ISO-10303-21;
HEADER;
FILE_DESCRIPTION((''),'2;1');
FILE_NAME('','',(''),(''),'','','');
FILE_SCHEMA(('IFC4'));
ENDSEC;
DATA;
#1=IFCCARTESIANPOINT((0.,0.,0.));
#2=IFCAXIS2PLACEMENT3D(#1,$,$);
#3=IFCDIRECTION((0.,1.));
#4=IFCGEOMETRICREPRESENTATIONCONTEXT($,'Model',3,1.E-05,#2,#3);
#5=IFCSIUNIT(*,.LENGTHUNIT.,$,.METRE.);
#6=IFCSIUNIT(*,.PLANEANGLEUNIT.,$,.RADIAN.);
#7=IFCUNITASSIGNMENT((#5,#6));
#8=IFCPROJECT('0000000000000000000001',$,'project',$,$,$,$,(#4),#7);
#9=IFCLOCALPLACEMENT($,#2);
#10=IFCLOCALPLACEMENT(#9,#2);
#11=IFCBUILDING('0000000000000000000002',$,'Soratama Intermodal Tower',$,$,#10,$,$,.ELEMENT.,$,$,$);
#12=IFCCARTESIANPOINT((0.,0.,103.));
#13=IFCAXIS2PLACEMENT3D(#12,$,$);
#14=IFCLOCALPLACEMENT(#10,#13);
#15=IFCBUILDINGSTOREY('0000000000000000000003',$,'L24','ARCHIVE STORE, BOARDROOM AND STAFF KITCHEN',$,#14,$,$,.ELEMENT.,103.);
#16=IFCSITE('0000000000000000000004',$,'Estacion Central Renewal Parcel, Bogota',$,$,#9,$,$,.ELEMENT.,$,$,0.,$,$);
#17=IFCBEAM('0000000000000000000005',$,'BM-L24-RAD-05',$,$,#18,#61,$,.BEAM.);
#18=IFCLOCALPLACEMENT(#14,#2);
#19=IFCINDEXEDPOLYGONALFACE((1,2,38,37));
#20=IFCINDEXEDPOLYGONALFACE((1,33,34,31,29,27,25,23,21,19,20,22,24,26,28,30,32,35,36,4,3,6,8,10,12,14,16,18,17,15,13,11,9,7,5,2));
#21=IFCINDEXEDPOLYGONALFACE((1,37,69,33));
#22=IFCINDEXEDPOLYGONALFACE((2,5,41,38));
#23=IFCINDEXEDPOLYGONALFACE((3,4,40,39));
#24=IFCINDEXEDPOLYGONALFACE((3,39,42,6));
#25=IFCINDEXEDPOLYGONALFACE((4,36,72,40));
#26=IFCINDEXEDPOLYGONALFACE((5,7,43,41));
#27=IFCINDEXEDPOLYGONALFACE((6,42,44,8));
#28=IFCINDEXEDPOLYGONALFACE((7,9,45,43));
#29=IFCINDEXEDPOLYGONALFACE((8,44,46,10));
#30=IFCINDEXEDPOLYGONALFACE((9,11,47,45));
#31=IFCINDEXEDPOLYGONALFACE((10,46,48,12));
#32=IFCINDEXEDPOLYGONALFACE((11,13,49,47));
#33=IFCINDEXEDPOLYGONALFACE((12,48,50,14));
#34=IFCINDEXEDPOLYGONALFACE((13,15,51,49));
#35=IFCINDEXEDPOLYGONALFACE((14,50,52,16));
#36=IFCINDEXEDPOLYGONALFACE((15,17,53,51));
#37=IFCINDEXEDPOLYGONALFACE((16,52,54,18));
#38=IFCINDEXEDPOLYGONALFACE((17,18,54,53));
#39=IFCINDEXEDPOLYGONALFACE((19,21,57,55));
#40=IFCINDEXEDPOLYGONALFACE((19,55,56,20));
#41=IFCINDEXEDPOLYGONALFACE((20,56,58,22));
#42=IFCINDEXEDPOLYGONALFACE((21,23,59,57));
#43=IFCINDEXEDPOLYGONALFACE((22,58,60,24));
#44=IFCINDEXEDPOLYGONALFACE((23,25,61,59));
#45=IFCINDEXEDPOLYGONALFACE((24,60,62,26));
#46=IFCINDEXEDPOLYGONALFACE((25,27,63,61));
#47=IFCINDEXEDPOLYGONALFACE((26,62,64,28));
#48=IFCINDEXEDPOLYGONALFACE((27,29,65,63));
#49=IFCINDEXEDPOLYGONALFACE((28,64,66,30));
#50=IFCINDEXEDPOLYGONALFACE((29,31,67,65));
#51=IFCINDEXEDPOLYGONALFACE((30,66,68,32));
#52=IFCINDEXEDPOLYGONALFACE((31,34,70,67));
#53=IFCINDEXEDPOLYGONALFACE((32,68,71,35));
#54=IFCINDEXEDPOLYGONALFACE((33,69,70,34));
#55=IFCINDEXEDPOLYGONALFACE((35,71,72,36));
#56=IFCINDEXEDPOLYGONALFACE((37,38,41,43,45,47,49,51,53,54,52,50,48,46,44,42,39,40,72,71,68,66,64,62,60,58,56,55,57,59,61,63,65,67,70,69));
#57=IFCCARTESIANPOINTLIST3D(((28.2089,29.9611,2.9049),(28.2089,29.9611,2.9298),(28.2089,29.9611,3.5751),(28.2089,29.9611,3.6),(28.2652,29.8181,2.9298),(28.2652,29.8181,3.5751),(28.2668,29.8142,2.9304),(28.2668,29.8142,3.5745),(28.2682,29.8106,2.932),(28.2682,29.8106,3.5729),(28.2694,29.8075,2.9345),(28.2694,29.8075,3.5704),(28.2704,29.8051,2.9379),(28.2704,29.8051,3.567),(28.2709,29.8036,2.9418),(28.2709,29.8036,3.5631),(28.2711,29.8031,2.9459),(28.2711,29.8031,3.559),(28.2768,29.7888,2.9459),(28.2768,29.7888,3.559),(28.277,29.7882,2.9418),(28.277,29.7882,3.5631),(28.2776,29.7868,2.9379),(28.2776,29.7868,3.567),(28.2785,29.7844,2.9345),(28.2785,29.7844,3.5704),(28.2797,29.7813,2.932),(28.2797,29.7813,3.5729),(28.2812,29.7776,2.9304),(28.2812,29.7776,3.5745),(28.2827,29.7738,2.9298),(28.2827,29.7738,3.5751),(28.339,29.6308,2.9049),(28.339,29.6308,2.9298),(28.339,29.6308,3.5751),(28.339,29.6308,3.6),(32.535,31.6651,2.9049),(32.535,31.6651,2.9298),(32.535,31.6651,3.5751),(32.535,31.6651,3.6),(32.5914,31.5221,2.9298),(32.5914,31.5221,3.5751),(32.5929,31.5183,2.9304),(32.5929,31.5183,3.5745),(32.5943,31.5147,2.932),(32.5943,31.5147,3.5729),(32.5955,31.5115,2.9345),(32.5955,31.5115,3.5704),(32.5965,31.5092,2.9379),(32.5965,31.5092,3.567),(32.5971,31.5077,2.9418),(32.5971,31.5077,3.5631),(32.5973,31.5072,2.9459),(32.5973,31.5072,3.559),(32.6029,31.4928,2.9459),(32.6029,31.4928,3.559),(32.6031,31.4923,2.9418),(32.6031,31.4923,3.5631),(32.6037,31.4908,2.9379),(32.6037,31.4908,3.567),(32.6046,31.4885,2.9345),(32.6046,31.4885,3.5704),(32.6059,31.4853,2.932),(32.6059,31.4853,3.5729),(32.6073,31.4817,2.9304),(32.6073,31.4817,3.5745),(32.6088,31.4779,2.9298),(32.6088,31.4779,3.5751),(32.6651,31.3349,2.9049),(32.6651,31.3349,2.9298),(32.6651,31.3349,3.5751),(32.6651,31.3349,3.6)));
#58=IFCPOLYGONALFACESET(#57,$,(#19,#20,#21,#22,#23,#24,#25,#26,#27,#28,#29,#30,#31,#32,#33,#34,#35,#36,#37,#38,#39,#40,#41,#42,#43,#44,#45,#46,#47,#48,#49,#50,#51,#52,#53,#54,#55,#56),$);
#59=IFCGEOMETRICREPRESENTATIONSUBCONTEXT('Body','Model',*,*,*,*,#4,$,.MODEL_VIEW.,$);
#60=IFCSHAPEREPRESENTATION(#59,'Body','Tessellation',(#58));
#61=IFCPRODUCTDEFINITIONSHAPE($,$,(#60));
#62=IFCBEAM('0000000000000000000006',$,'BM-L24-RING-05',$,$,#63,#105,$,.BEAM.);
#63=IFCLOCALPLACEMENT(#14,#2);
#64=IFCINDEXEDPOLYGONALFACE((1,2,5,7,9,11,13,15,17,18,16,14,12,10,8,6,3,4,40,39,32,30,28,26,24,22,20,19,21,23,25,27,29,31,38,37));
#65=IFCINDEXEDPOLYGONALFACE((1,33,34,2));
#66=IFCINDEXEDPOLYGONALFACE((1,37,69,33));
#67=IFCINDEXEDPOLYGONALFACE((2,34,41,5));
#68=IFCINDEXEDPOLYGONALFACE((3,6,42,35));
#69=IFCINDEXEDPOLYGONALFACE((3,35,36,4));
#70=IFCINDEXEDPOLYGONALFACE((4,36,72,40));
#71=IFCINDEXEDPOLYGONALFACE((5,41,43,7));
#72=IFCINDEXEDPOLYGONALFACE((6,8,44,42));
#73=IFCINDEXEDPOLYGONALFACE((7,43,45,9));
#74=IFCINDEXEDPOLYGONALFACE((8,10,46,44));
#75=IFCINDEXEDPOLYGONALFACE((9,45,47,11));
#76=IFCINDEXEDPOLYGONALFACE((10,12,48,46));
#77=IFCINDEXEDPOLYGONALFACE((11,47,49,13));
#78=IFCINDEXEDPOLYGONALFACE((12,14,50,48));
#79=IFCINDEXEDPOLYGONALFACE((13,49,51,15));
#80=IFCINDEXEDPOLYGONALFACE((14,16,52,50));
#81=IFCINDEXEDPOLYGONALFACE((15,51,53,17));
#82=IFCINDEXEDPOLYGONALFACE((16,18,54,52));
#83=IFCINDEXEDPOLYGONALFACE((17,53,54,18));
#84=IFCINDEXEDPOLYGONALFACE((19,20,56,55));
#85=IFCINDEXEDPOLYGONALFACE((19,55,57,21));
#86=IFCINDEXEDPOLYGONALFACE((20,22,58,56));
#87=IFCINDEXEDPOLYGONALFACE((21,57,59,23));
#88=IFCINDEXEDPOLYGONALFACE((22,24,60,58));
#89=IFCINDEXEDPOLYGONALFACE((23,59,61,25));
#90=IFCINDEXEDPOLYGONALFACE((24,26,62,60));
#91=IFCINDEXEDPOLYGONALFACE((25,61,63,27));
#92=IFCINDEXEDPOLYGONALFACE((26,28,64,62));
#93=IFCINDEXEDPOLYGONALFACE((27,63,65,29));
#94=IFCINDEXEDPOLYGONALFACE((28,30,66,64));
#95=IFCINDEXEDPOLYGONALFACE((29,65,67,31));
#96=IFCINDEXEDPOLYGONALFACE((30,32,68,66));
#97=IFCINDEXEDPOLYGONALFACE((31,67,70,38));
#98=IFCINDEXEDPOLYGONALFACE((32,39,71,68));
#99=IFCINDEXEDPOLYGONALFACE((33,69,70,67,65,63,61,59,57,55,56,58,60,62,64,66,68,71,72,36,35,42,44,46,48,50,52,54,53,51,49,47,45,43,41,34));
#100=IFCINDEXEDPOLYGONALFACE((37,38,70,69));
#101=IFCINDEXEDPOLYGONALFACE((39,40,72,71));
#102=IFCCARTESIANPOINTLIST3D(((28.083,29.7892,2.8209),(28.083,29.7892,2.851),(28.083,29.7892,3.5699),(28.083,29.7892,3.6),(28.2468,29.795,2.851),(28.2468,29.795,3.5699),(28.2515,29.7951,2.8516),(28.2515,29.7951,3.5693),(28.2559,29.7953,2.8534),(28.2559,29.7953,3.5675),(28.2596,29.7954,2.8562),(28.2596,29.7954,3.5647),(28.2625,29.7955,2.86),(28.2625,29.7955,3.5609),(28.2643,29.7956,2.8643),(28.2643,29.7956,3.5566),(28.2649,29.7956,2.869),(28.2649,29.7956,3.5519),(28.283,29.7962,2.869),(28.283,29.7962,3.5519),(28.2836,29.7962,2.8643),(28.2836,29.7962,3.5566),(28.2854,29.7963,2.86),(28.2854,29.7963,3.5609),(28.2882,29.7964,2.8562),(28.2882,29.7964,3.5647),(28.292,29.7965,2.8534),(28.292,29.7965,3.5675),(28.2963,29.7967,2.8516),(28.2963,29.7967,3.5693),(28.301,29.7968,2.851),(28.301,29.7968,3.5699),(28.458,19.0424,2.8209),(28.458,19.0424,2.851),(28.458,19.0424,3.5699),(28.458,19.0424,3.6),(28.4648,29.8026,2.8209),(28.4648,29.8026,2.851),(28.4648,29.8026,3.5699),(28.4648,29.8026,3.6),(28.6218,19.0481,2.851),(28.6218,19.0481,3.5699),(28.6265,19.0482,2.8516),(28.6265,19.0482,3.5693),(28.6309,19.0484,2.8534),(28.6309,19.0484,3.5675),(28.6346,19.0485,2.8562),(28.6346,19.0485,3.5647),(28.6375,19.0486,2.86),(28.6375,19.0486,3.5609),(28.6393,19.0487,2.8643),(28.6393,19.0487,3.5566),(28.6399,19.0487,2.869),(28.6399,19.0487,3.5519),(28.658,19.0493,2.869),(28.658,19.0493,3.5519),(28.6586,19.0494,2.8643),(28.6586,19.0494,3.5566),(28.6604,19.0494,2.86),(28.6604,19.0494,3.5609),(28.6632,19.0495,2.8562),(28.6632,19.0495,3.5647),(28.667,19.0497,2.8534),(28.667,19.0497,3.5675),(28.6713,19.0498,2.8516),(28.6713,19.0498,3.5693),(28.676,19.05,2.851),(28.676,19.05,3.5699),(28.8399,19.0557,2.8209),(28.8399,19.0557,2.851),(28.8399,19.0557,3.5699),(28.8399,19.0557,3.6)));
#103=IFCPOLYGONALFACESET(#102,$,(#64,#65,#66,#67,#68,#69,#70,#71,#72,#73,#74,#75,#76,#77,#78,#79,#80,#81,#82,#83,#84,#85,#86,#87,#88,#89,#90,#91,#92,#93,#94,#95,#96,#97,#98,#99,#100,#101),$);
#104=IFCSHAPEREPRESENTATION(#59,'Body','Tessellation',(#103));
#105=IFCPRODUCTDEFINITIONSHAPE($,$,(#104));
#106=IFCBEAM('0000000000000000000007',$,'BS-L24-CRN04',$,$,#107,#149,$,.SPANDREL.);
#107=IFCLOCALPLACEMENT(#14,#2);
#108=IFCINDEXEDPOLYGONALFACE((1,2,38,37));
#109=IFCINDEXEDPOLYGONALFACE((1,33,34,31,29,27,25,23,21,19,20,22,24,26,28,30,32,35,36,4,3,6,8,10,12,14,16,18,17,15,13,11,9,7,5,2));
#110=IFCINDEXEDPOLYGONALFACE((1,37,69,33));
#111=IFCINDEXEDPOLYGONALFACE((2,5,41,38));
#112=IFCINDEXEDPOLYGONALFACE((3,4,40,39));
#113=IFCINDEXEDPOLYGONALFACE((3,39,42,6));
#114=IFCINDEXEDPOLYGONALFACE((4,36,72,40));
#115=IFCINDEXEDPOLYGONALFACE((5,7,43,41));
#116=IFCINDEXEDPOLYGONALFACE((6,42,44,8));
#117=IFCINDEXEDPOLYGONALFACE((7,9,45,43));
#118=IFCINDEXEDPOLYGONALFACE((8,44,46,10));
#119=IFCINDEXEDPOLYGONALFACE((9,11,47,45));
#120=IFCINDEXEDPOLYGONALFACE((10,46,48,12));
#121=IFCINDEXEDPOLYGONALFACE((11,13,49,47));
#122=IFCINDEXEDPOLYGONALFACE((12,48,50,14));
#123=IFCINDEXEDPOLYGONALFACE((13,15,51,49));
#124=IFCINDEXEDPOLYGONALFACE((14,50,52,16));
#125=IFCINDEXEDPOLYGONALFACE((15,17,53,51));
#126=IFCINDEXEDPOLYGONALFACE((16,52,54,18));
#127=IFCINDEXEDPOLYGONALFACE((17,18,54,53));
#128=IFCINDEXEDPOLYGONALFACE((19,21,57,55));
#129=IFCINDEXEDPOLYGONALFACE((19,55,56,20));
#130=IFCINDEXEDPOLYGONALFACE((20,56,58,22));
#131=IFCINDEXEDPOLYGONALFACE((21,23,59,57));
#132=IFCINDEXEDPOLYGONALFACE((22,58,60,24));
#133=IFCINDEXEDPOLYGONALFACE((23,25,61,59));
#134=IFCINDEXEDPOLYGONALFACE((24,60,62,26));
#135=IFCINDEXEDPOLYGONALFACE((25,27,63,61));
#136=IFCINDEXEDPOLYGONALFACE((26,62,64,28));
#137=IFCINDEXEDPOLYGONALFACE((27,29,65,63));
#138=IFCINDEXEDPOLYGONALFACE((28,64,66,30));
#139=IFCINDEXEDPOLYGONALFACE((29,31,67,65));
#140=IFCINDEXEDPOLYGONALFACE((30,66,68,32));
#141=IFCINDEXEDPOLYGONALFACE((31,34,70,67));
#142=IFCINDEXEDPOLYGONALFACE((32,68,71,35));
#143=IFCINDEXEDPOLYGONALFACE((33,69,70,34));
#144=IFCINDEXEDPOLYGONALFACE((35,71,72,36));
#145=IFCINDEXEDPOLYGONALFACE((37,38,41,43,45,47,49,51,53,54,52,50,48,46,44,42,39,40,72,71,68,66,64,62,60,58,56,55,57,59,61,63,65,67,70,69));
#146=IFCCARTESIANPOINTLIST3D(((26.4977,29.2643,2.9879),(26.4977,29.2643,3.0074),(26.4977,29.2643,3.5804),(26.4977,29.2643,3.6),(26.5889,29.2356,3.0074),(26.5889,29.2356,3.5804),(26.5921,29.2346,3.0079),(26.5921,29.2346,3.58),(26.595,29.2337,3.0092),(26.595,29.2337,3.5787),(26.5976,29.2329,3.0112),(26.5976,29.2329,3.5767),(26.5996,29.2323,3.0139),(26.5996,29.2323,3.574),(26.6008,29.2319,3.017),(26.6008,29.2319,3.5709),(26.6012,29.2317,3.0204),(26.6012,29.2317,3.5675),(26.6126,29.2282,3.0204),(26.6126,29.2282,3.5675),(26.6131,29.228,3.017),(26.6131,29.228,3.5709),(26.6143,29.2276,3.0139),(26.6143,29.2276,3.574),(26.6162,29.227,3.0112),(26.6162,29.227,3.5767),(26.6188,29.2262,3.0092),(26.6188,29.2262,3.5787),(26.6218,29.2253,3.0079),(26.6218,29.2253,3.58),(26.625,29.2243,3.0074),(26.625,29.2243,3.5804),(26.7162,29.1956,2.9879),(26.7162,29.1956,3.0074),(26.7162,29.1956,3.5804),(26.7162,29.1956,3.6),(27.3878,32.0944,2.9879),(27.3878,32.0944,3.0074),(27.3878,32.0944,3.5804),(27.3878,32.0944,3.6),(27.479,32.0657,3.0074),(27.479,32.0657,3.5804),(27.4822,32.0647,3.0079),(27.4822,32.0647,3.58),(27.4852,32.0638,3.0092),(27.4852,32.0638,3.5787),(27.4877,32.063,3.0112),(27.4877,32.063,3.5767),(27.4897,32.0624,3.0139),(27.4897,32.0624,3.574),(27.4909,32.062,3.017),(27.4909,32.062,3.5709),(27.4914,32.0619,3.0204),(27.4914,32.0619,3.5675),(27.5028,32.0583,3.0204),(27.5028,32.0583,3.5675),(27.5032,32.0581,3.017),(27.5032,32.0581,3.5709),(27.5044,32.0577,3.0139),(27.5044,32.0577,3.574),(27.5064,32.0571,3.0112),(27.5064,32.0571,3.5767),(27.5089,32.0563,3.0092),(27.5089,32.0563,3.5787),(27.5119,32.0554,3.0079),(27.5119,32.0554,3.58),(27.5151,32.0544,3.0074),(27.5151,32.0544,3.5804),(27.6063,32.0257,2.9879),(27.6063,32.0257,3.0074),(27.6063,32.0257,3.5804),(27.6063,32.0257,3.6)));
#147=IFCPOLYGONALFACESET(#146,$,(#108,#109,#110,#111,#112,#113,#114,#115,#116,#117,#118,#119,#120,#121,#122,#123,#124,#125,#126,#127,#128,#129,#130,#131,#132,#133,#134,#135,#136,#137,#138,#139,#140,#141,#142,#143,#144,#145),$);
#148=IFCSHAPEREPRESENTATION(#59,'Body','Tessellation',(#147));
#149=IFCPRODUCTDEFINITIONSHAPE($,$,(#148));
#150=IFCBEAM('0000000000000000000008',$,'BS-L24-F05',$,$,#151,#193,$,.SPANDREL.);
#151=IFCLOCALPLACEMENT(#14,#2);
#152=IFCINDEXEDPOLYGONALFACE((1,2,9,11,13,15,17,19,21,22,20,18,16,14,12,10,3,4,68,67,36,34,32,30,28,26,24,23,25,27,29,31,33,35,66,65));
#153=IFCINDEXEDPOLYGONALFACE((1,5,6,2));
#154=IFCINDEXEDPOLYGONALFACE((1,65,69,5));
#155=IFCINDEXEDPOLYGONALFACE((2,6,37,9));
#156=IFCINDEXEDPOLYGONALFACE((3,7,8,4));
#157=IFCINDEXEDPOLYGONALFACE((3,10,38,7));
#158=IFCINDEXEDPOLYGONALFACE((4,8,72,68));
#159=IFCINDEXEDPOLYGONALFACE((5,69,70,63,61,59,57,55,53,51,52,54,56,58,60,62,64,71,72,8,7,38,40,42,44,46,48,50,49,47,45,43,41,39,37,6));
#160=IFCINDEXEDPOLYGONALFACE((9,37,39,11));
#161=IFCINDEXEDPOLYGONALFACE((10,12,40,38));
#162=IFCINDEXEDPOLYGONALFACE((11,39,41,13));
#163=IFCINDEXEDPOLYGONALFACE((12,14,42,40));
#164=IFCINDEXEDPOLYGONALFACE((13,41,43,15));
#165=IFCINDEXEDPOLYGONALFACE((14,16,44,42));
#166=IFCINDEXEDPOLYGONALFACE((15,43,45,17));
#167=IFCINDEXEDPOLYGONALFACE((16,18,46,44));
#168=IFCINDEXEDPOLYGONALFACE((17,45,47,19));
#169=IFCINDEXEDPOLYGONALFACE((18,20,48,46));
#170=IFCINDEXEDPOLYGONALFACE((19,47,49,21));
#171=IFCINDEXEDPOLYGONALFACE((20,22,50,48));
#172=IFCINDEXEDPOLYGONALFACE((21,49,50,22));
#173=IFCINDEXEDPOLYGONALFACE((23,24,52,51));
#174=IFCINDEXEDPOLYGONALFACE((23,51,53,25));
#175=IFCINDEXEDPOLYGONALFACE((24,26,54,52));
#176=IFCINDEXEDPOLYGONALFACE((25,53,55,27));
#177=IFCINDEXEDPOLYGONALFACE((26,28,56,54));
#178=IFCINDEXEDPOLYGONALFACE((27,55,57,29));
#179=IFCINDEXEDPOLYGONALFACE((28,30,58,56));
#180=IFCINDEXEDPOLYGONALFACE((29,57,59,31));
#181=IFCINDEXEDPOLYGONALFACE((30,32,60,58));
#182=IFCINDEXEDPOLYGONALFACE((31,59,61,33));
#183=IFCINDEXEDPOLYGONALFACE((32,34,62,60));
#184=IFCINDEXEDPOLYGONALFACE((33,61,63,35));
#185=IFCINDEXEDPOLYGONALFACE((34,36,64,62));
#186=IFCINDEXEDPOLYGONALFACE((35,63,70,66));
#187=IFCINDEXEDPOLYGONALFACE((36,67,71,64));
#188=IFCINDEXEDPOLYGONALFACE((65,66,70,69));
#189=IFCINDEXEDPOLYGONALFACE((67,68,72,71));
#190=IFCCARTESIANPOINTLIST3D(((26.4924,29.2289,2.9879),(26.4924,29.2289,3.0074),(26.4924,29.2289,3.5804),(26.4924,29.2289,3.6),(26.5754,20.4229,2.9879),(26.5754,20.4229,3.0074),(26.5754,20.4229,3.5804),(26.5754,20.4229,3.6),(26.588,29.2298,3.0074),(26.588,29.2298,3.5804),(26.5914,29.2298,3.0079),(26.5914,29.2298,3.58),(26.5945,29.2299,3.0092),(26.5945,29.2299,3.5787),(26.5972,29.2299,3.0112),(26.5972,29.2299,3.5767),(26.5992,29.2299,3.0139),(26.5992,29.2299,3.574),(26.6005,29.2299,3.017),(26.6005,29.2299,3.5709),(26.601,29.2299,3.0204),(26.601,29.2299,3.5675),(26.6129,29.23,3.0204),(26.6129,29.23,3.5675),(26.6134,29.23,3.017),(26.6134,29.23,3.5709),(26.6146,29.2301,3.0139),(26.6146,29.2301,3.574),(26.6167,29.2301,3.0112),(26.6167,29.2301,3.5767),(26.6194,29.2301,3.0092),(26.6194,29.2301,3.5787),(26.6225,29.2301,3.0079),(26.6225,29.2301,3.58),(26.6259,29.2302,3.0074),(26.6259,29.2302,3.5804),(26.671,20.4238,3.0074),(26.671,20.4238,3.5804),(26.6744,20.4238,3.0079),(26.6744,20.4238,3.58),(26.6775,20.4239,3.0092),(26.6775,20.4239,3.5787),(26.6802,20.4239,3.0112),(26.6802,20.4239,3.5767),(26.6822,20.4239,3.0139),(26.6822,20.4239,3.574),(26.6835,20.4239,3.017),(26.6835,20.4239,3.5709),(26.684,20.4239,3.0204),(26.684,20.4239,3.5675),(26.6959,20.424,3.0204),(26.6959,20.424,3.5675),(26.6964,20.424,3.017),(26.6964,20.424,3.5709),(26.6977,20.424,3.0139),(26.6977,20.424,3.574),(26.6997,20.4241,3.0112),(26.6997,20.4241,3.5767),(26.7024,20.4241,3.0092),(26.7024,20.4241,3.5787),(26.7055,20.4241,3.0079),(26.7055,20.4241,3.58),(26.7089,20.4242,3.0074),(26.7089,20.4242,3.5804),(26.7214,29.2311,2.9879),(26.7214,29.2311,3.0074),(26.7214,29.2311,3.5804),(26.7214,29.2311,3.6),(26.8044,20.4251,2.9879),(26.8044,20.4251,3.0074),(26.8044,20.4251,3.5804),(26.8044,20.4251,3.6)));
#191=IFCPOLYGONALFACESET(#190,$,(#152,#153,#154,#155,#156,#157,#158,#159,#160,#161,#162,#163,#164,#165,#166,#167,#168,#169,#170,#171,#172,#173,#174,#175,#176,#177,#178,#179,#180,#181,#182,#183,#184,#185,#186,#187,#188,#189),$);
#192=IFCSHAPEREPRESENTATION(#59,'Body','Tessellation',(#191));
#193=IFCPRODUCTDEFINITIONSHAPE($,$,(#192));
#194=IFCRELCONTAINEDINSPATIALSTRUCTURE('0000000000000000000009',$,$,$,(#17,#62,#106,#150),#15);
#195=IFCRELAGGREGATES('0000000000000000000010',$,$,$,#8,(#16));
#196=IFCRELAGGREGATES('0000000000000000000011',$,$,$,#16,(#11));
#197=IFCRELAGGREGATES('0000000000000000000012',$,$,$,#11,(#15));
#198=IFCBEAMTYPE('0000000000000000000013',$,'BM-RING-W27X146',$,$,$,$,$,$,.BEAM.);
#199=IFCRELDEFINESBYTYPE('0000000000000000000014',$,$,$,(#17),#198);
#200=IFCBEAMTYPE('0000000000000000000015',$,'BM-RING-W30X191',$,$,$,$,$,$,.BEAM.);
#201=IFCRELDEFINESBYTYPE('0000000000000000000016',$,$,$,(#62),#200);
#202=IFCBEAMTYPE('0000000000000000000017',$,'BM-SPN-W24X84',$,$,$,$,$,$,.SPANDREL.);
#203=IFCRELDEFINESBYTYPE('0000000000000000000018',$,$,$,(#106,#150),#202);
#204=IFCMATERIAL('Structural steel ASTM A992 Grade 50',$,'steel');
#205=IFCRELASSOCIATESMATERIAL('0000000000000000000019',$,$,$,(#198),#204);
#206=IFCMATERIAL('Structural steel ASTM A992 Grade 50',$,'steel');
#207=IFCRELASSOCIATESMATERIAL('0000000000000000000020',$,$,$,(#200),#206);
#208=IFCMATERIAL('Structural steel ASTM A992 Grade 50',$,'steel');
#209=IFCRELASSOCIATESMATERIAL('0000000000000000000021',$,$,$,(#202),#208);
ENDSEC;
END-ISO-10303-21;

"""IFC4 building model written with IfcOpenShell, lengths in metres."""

from ifc_helpers import new_model, si_unit, direction, frame, origin, origin_2d, place, context, subcontext, project, spatial, i_section, extrude, material, material_profile, profile_set, type_object, element, save


model = new_model("IFC4")

# Units and contexts
model_context = context("Model", 3, precision=1e-05, world=origin(), true_north=direction((0.0, 1.0)))
body_context = subcontext(model_context, "Body", "Model", "MODEL_VIEW")
ifc_project = project(units=[si_unit("LENGTHUNIT", "METRE"), si_unit("PLANEANGLEUNIT", "RADIAN")], contexts=[model_context])

# Site, building, storey
site_placement = place(None, origin())
site = spatial("IfcSite", under=ifc_project, at=site_placement, Name="Estacion Central Renewal Parcel, Bogota", CompositionType="ELEMENT", RefElevation=0.0)
building_placement = place(site_placement, origin())
building = spatial("IfcBuilding", under=site, at=building_placement, Name="Soratama Intermodal Tower", CompositionType="ELEMENT")
storey_placement = place(building_placement, frame((0.0, 0.0, 103.0)))
storey = spatial("IfcBuildingStorey", under=building, at=storey_placement, Name="L24", Description="ARCHIVE STORE, BOARDROOM AND STAFF KITCHEN", CompositionType="ELEMENT", Elevation=103.0)

# Beams
ifc_material_1 = material(Name="Structural steel ASTM A992 Grade 50", Category="steel")
ifc_material_profile_1 = material_profile(ifc_material_1, i_section(OverallWidth=0.355, OverallDepth=0.6951, WebThickness=0.0154, FlangeThickness=0.0249, FilletRadius=0.0161, at=origin_2d()), Name="W27X146")
ifc_profile_set_1 = profile_set([ifc_material_profile_1], Name="Structural steel ASTM A992 Grade 50")
beam_type_1 = type_object("IfcBeamType", Name="BM-RING-W27X146", PredefinedType="BEAM", material=ifc_profile_set_1)
beam_1_placement = place(storey_placement, frame((32.6001, 31.5, 3.2524), z_axis=(-0.930419, -0.366497, 0.0), x_axis=(0.366497, -0.930419, 0.0)))
element("IfcBeam", 1, at=beam_1_placement, inside=storey, type_object=beam_type_1, Name="BM-L24-RAD-05", PredefinedType="BEAM", context=body_context, shape_type="SweptSolid", body=[
    extrude(i_section(OverallWidth=0.355, OverallDepth=0.6951, WebThickness=0.0154, FlangeThickness=0.0249, FilletRadius=0.0161, at=origin_2d()), origin(), (0.0, 0.0, 1.0), 4.6497),
])
ifc_material_2 = material(Name="Structural steel ASTM A992 Grade 50", Category="steel")
ifc_material_profile_2 = material_profile(ifc_material_2, i_section(OverallWidth=0.3821, OverallDepth=0.7791, WebThickness=0.0181, FlangeThickness=0.03, FilletRadius=0.0181, at=origin_2d()), Name="W30X191")
ifc_profile_set_2 = profile_set([ifc_material_profile_2], Name="Structural steel ASTM A992 Grade 50")
beam_type_2 = type_object("IfcBeamType", Name="BM-RING-W30X191", PredefinedType="BEAM", material=ifc_profile_set_2)
beam_2_placement = place(storey_placement, frame((28.2739, 29.7959, 3.2104), z_axis=(0.034873, -0.999392, 0.0), x_axis=(0.999392, 0.034873, 0.0)))
element("IfcBeam", 2, at=beam_2_placement, inside=storey, type_object=beam_type_2, Name="BM-L24-RING-05", PredefinedType="BEAM", context=body_context, shape_type="SweptSolid", body=[
    extrude(i_section(OverallWidth=0.3821, OverallDepth=0.7791, WebThickness=0.0181, FlangeThickness=0.03, FilletRadius=0.0181, at=origin_2d()), origin(), (0.0, 0.0, 1.0), 10.7534),
])
ifc_material_3 = material(Name="Structural steel ASTM A992 Grade 50", Category="steel")
ifc_material_profile_3 = material_profile(ifc_material_3, i_section(OverallWidth=0.229, OverallDepth=0.6121, WebThickness=0.012, FlangeThickness=0.0195, FilletRadius=0.0129, at=origin_2d()), Name="W24X84")
ifc_profile_set_3 = profile_set([ifc_material_profile_3], Name="Structural steel ASTM A992 Grade 50")
beam_type_3 = type_object("IfcBeamType", Name="BM-SPN-W24X84", PredefinedType="SPANDREL", material=ifc_profile_set_3)
beam_3_placement = place(storey_placement, frame((27.4971, 32.0601, 3.2939), z_axis=(-0.300036, -0.953928, 0.0), x_axis=(0.953928, -0.300036, 0.0)))
element("IfcBeam", 3, at=beam_3_placement, inside=storey, type_object=beam_type_3, Name="BS-L24-CRN04", PredefinedType="SPANDREL", context=body_context, shape_type="SweptSolid", body=[
    extrude(i_section(OverallWidth=0.229, OverallDepth=0.6121, WebThickness=0.012, FlangeThickness=0.0195, FilletRadius=0.0129, at=origin_2d()), origin(), (0.0, 0.0, 1.0), 2.9668),
])
beam_4_placement = place(storey_placement, frame((26.6069, 29.23, 3.2939), z_axis=(0.009426, -0.999956, 0.0), x_axis=(0.999956, 0.009426, 0.0)))
element("IfcBeam", 4, at=beam_4_placement, inside=storey, type_object=beam_type_3, Name="BS-L24-F05", PredefinedType="SPANDREL", context=body_context, shape_type="SweptSolid", body=[
    extrude(i_section(OverallWidth=0.229, OverallDepth=0.6121, WebThickness=0.012, FlangeThickness=0.0195, FilletRadius=0.0129, at=origin_2d()), origin(), (0.0, 0.0, 1.0), 8.8064),
])

save(model, "model.ifc")
